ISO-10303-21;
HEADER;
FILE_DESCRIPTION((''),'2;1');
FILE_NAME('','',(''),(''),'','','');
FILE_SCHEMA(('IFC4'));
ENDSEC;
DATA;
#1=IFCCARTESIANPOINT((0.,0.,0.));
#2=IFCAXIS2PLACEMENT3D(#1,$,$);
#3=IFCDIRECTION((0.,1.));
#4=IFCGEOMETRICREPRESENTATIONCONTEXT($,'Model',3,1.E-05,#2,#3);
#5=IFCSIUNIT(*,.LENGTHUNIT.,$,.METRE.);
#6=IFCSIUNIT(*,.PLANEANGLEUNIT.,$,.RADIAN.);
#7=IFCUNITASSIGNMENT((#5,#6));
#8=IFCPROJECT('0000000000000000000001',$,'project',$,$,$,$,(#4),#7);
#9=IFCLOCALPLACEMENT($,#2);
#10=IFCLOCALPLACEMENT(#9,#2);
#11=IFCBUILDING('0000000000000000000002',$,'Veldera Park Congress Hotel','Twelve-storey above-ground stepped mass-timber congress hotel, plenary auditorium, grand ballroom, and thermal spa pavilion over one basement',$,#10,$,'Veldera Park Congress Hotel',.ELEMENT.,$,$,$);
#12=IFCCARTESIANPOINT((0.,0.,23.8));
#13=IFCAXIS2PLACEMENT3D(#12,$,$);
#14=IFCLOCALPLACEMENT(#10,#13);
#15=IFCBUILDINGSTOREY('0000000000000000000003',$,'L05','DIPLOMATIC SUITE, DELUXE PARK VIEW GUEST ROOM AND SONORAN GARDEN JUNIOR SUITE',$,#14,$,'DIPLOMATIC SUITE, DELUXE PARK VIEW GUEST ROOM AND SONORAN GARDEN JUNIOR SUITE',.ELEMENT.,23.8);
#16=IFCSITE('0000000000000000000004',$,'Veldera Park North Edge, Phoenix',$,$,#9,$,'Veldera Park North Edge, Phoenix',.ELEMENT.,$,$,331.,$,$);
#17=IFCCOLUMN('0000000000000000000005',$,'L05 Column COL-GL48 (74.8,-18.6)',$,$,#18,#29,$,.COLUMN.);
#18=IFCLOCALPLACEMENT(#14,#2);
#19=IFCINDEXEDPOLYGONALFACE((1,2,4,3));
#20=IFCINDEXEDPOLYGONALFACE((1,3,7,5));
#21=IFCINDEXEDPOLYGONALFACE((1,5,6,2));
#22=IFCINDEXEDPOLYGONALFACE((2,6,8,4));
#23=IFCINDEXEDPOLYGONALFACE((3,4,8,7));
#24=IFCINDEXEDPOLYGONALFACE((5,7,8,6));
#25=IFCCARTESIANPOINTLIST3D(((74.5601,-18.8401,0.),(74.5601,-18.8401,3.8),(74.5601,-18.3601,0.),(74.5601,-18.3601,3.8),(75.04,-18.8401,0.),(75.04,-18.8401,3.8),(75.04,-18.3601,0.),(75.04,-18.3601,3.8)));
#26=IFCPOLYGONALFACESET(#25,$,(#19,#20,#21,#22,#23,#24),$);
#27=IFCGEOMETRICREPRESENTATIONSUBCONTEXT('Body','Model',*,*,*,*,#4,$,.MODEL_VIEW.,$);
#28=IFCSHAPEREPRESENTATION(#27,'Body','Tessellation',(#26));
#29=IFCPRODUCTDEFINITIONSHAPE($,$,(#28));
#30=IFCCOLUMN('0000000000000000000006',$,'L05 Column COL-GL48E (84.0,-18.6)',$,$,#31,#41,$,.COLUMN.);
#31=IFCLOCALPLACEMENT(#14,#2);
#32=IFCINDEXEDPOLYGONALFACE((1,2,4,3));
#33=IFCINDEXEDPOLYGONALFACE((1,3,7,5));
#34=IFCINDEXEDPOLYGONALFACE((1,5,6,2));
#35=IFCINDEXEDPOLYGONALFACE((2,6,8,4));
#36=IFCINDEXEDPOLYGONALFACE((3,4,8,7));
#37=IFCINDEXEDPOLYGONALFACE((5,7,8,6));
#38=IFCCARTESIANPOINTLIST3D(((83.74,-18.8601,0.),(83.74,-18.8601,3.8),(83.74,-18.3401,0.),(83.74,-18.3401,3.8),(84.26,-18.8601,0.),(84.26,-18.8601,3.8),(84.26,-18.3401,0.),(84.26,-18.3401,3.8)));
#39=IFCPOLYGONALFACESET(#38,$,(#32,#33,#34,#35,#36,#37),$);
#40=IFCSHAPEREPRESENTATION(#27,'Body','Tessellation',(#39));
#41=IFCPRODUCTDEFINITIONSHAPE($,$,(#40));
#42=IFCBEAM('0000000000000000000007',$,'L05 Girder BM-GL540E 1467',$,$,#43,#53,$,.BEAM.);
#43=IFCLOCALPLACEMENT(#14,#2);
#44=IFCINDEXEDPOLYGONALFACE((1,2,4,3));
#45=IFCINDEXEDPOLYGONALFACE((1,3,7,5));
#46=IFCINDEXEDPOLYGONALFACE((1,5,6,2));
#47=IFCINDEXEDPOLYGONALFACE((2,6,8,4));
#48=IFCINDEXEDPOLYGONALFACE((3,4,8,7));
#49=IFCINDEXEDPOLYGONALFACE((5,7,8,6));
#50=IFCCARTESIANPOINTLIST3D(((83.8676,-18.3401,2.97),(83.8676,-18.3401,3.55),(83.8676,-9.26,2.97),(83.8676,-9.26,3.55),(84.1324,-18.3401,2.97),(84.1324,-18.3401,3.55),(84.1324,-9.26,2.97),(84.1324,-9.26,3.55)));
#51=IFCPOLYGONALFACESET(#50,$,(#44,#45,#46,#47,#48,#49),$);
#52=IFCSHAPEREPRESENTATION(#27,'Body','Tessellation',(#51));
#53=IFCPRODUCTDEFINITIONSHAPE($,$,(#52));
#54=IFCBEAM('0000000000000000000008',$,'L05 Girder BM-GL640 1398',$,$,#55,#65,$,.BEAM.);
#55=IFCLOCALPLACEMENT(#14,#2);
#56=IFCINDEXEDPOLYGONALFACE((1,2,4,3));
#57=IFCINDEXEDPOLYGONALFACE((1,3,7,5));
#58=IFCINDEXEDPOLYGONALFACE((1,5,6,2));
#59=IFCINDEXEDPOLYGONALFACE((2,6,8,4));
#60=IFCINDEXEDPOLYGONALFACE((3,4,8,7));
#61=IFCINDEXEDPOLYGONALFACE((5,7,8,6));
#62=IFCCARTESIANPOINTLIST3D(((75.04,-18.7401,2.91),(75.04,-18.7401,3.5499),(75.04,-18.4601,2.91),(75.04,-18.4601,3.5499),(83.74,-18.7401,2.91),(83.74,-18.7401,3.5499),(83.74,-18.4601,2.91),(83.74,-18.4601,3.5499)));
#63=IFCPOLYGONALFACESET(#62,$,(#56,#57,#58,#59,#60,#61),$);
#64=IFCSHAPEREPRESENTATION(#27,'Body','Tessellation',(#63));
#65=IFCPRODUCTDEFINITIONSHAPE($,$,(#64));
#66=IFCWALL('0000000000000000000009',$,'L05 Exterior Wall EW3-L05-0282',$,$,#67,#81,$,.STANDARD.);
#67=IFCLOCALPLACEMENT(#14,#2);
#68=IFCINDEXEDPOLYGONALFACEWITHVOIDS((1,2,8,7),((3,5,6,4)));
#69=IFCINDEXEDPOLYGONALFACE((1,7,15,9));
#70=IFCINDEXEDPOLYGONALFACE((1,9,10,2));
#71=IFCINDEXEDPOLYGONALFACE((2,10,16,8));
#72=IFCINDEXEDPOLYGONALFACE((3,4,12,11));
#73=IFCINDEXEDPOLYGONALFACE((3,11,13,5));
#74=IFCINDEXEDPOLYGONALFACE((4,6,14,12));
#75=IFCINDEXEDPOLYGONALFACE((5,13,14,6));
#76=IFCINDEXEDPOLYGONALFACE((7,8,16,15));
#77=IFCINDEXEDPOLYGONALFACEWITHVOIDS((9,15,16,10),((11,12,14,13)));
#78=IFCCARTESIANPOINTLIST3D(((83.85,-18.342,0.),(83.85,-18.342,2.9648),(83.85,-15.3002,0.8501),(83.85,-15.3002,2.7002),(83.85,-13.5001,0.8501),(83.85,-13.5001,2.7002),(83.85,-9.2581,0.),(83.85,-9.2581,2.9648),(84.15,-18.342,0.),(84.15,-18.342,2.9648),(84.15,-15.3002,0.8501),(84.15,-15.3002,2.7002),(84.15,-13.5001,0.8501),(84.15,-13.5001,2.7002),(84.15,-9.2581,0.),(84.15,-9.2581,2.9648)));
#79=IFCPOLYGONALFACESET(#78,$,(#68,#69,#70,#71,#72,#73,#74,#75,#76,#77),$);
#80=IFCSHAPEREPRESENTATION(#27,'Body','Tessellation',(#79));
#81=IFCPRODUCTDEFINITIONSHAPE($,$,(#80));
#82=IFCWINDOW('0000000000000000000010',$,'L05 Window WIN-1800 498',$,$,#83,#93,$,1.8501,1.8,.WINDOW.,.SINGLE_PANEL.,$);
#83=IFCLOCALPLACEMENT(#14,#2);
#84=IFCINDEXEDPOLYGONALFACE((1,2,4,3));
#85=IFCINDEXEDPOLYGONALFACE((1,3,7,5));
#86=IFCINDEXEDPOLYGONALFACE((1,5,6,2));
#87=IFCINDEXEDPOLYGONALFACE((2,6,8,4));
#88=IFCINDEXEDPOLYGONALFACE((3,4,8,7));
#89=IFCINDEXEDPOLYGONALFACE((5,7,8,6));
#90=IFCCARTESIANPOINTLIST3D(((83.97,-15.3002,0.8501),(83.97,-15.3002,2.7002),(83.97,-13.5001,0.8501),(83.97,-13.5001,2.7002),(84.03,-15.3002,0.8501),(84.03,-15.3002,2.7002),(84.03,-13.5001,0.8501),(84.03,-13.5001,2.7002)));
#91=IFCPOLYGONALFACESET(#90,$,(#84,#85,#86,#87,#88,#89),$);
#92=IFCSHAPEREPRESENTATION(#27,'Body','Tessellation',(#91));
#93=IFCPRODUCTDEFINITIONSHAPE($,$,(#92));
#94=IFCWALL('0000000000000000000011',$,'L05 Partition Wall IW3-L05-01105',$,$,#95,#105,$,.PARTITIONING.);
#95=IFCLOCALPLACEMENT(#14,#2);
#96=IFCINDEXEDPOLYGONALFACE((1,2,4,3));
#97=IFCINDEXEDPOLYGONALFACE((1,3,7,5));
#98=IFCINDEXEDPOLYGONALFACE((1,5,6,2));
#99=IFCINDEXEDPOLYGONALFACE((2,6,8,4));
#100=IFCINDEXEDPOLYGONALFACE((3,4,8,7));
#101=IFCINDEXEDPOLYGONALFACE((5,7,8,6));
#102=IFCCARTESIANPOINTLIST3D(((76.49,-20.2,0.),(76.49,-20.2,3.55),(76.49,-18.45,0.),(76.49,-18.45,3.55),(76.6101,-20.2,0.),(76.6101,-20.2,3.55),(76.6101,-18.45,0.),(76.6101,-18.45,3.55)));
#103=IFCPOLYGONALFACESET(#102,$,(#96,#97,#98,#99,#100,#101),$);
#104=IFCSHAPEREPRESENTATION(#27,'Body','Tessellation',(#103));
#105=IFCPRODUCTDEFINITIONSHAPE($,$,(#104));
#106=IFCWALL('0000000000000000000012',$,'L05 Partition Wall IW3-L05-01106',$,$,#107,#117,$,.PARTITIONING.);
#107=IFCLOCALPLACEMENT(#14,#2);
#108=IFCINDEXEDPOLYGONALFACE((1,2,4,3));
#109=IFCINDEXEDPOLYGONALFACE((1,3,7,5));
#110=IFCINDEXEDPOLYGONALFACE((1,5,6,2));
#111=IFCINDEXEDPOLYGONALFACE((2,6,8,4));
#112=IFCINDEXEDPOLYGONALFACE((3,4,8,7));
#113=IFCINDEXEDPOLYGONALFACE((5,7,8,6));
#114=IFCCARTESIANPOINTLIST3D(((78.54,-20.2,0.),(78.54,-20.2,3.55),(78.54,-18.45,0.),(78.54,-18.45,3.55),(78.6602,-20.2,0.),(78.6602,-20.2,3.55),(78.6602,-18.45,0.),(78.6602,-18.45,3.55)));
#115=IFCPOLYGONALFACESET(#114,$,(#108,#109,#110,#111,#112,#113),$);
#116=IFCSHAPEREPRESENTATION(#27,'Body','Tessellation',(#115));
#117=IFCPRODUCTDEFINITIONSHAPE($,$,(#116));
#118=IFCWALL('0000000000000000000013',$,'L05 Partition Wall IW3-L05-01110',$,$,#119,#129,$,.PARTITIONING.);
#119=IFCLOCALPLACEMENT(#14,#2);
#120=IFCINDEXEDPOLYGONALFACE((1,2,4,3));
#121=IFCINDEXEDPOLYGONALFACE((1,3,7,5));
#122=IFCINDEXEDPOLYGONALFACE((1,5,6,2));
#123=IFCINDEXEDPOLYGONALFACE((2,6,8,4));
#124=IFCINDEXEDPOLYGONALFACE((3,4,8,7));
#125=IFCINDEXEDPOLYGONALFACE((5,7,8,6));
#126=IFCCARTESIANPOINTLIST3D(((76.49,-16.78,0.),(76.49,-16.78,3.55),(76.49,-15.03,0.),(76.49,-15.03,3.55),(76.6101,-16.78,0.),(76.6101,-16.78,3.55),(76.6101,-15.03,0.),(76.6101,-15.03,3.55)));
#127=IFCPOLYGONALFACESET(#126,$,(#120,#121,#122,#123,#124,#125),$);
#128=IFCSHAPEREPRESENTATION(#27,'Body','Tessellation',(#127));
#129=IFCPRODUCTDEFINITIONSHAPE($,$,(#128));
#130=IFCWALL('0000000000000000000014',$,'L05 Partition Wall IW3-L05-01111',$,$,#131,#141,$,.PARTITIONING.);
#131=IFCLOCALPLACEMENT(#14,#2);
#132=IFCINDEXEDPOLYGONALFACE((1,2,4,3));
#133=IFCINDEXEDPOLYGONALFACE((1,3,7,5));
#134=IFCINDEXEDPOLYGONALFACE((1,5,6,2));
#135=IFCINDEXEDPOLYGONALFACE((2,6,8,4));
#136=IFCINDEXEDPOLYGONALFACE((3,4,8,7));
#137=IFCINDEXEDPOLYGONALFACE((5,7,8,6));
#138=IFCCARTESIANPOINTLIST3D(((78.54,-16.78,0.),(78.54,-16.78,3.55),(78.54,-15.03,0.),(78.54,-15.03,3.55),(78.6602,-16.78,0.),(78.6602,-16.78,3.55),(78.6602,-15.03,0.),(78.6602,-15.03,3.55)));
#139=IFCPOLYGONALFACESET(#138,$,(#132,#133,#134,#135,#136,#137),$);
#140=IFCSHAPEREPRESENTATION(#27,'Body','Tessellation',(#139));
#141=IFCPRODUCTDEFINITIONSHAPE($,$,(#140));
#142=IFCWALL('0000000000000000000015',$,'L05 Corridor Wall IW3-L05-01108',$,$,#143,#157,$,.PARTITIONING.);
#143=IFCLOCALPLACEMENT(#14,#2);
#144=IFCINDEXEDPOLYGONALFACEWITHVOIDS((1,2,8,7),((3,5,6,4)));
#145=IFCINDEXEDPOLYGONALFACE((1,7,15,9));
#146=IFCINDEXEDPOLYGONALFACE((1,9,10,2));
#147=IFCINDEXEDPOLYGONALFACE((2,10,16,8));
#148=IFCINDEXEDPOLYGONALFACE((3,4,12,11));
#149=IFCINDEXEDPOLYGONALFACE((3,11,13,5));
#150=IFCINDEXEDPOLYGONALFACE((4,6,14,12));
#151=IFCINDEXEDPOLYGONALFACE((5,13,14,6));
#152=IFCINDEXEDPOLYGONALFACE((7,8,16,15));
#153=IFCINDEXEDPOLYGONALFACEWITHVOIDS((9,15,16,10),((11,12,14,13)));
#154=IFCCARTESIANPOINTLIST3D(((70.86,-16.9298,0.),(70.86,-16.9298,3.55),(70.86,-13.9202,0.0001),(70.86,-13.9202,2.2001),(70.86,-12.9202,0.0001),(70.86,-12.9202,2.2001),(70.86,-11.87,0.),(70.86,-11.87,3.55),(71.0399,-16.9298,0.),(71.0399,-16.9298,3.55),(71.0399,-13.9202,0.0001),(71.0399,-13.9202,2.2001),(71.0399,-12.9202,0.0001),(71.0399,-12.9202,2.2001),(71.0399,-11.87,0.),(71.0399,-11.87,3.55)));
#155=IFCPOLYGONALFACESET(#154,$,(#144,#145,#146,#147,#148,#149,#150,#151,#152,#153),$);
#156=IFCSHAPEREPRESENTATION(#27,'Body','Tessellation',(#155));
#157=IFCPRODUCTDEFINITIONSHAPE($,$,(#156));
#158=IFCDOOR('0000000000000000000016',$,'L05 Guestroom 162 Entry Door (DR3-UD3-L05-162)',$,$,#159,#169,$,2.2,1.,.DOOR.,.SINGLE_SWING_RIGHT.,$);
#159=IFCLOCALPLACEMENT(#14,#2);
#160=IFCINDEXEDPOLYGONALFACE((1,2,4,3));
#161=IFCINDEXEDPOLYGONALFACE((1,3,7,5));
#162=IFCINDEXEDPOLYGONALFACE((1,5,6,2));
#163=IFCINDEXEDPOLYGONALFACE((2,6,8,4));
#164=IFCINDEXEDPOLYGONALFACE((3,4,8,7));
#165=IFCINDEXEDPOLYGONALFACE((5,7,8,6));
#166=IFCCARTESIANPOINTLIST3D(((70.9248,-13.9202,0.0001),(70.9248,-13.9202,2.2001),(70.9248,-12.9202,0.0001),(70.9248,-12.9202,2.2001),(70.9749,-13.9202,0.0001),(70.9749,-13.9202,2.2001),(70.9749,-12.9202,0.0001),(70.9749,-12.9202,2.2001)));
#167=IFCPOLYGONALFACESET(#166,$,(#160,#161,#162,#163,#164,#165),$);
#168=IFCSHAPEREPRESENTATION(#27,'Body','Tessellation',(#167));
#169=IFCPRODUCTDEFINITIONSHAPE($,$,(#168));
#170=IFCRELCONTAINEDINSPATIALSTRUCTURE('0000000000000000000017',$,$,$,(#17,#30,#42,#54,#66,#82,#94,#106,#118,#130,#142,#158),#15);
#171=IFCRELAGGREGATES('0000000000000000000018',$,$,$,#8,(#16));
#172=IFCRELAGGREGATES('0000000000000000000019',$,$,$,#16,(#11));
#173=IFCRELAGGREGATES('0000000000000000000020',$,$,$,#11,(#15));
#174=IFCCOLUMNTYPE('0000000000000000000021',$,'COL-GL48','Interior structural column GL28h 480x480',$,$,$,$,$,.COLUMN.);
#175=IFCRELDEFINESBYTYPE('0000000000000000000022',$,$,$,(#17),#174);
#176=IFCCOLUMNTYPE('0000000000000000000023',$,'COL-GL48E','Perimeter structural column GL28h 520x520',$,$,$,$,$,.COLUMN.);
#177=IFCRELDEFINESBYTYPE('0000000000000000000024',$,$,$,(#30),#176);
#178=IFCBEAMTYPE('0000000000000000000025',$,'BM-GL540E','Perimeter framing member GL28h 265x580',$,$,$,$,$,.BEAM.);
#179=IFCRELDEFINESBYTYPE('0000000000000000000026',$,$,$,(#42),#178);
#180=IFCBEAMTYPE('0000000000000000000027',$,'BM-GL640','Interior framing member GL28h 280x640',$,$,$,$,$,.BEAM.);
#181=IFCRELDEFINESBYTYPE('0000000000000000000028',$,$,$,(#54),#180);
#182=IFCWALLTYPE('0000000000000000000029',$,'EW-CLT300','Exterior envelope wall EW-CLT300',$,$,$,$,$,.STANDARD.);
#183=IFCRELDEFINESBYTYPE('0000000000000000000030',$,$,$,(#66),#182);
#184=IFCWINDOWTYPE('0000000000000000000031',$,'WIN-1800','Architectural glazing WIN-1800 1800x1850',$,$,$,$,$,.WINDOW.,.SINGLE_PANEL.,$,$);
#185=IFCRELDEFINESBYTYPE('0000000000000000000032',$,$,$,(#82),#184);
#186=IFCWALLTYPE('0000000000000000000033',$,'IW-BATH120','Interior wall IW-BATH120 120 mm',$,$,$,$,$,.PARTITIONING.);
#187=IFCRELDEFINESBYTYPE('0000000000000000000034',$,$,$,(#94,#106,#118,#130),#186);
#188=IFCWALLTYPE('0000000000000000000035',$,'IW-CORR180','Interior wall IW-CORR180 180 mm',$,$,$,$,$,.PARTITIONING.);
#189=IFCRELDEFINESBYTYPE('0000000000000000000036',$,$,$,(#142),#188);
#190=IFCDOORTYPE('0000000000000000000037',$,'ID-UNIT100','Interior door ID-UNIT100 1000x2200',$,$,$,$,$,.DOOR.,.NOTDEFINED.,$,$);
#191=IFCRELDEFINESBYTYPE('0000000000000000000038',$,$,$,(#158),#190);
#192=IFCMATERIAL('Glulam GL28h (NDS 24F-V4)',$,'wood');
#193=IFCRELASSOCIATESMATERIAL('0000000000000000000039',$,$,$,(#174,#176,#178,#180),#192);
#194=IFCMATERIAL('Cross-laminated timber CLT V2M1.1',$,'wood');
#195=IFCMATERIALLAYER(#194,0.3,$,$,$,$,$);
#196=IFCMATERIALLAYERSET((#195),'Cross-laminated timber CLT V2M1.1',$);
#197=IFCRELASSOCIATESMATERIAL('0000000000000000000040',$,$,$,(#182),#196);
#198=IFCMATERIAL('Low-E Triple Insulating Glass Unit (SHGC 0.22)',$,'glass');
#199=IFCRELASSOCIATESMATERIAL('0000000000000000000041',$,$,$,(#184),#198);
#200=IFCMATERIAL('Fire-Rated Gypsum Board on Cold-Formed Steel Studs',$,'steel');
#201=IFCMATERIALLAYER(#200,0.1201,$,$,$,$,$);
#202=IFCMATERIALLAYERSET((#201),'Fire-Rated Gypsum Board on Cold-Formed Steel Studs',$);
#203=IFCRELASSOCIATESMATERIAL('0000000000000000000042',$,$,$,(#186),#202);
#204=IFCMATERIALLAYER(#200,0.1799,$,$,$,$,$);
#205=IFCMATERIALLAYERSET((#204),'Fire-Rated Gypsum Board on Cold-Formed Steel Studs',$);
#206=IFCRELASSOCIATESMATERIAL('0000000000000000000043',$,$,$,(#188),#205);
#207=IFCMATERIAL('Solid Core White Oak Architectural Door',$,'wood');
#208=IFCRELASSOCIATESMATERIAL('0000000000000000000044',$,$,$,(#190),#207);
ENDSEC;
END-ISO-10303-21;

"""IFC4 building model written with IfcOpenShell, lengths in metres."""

from ifc_helpers import new_model, si_unit, direction, frame, frame_2d, origin, origin_2d, place, context, subcontext, project, spatial, rectangle, extrude, material, layer, layer_set, material_profile, profile_set, type_object, element, fill, save


model = new_model("IFC4")

# Units and contexts
model_context = context("Model", 3, precision=1e-05, world=origin(), true_north=direction((0.0, 1.0)))
body_context = subcontext(model_context, "Body", "Model", "MODEL_VIEW")
ifc_project = project(units=[si_unit("LENGTHUNIT", "METRE"), si_unit("PLANEANGLEUNIT", "RADIAN")], contexts=[model_context])

# Site, building, storey
site_placement = place(None, origin())
site = spatial("IfcSite", under=ifc_project, at=site_placement, Name="Veldera Park North Edge, Phoenix", LongName="Veldera Park North Edge, Phoenix", CompositionType="ELEMENT", RefElevation=331.0)
building_placement = place(site_placement, origin())
building = spatial("IfcBuilding", under=site, at=building_placement, Name="Veldera Park Congress Hotel", Description="Twelve-storey above-ground stepped mass-timber congress hotel, plenary auditorium, grand ballroom, and thermal spa pavilion over one basement", LongName="Veldera Park Congress Hotel", CompositionType="ELEMENT")
storey_placement = place(building_placement, frame((0.0, 0.0, 23.8)))
storey = spatial("IfcBuildingStorey", under=building, at=storey_placement, Name="L05", Description="DIPLOMATIC SUITE, DELUXE PARK VIEW GUEST ROOM AND SONORAN GARDEN JUNIOR SUITE", LongName="DIPLOMATIC SUITE, DELUXE PARK VIEW GUEST ROOM AND SONORAN GARDEN JUNIOR SUITE", CompositionType="ELEMENT", Elevation=23.8)

# Columns
ifc_material_1 = material(Name="Glulam GL28h (NDS 24F-V4)", Category="wood")
ifc_material_profile_1 = material_profile(ifc_material_1, rectangle(XDim=0.48, YDim=0.48, at=origin_2d()), Name="GL28h 480x480")
ifc_profile_set_1 = profile_set([ifc_material_profile_1], Name="Glulam GL28h (NDS 24F-V4)")
column_type_1 = type_object("IfcColumnType", Name="COL-GL48", Description="Interior structural column GL28h 480x480", PredefinedType="COLUMN", material=ifc_profile_set_1)
column_1_placement = place(storey_placement, frame((74.8, -18.6001, 0.0), z_axis=(0.0, 0.0, 1.0), x_axis=(1.0, 0.0, 0.0)))
element("IfcColumn", 1, at=column_1_placement, inside=storey, type_object=column_type_1, Name="L05 Column COL-GL48 (74.8,-18.6)", PredefinedType="COLUMN", context=body_context, shape_type="SweptSolid", body=[
    extrude(rectangle(XDim=0.48, YDim=0.48, at=origin_2d()), origin(), (0.0, 0.0, 1.0), 3.8),
])
ifc_material_profile_2 = material_profile(ifc_material_1, rectangle(XDim=0.52, YDim=0.52, at=origin_2d()), Name="GL28h 520x520")
ifc_profile_set_2 = profile_set([ifc_material_profile_2], Name="Glulam GL28h (NDS 24F-V4)")
column_type_2 = type_object("IfcColumnType", Name="COL-GL48E", Description="Perimeter structural column GL28h 520x520", PredefinedType="COLUMN", material=ifc_profile_set_2)
column_2_placement = place(storey_placement, frame((84.0, -18.6001, 0.0), z_axis=(0.0, 0.0, 1.0), x_axis=(1.0, 0.0, 0.0)))
element("IfcColumn", 2, at=column_2_placement, inside=storey, type_object=column_type_2, Name="L05 Column COL-GL48E (84.0,-18.6)", PredefinedType="COLUMN", context=body_context, shape_type="SweptSolid", body=[
    extrude(rectangle(XDim=0.52, YDim=0.52, at=origin_2d()), origin(), (0.0, 0.0, 1.0), 3.8),
])

# Beams
ifc_material_profile_3 = material_profile(ifc_material_1, rectangle(XDim=0.2649, YDim=0.5801, at=origin_2d()), Name="GL28h 265x580")
ifc_profile_set_3 = profile_set([ifc_material_profile_3], Name="Glulam GL28h (NDS 24F-V4)")
beam_type_1 = type_object("IfcBeamType", Name="BM-GL540E", Description="Perimeter framing member GL28h 265x580", PredefinedType="BEAM", material=ifc_profile_set_3)
beam_1_placement = place(storey_placement, frame((84.0, -18.3401, 3.26), z_axis=(0.0, 1.0, 0.0), x_axis=(-1.0, 0.0, 0.0)))
element("IfcBeam", 3, at=beam_1_placement, inside=storey, type_object=beam_type_1, Name="L05 Girder BM-GL540E 1467", PredefinedType="BEAM", context=body_context, shape_type="SweptSolid", body=[
    extrude(rectangle(XDim=0.2649, YDim=0.5801, at=origin_2d()), origin(), (0.0, 0.0, 1.0), 9.0801),
])
ifc_material_profile_4 = material_profile(ifc_material_1, rectangle(XDim=0.28, YDim=0.6399, at=origin_2d()), Name="GL28h 280x640")
ifc_profile_set_4 = profile_set([ifc_material_profile_4], Name="Glulam GL28h (NDS 24F-V4)")
beam_type_2 = type_object("IfcBeamType", Name="BM-GL640", Description="Interior framing member GL28h 280x640", PredefinedType="BEAM", material=ifc_profile_set_4)
beam_2_placement = place(storey_placement, frame((75.04, -18.6001, 3.23), z_axis=(1.0, 0.0, 0.0), x_axis=(0.0, 1.0, 0.0)))
element("IfcBeam", 4, at=beam_2_placement, inside=storey, type_object=beam_type_2, Name="L05 Girder BM-GL640 1398", PredefinedType="BEAM", context=body_context, shape_type="SweptSolid", body=[
    extrude(rectangle(XDim=0.28, YDim=0.6399, at=origin_2d()), origin(), (0.0, 0.0, 1.0), 8.7),
])

# Wall, opening, window
ifc_material_2 = material(Name="Cross-laminated timber CLT V2M1.1", Category="wood")
ifc_layer_1 = layer(ifc_material_2, 0.3)
ifc_layer_set_1 = layer_set([ifc_layer_1], Name="Cross-laminated timber CLT V2M1.1")
wall_type_1 = type_object("IfcWallType", Name="EW-CLT300", Description="Exterior envelope wall EW-CLT300", PredefinedType="STANDARD", material=ifc_layer_set_1)
wall_1_placement = place(storey_placement, frame((84.0, -18.342, 0.0), z_axis=(0.0, 0.0, 1.0), x_axis=(0.0, 1.0, 0.0)))
wall_1 = element("IfcWall", 5, at=wall_1_placement, inside=storey, type_object=wall_type_1, Name="L05 Exterior Wall EW3-L05-0282", PredefinedType="STANDARD", context=body_context, shape_type="SweptSolid", body=[
    extrude(rectangle(XDim=9.084, YDim=0.3, at=frame_2d((4.542, 0.0))), origin(), (0.0, 0.0, 1.0), 2.9648),
])
opening_1_placement = place(wall_1_placement, frame((3.042, 0.0, 0.8501)))
opening_1 = element("IfcOpeningElement", 6, at=opening_1_placement, cuts=wall_1, PredefinedType="OPENING", context=body_context, shape_type="SweptSolid", body=[
    extrude(rectangle(XDim=1.8, YDim=1.8501, at=frame_2d((0.8999, 0.925))), frame((0.0, 0.1621, 0.0), z_axis=(0.0, -1.0, 0.0), x_axis=(1.0, 0.0, 0.0)), (0.0, 0.0, 1.0), 0.324),
])
ifc_material_3 = material(Name="Low-E Triple Insulating Glass Unit (SHGC 0.22)", Category="glass")
window_type = type_object("IfcWindowType", Name="WIN-1800", Description="Architectural glazing WIN-1800 1800x1850", PartitioningType="SINGLE_PANEL", PredefinedType="WINDOW", material=ifc_material_3)
window_placement = place(opening_1_placement, origin())
window = element("IfcWindow", 7, at=window_placement, inside=storey, type_object=window_type, Name="L05 Window WIN-1800 498", OverallHeight=1.8501, OverallWidth=1.8, PartitioningType="SINGLE_PANEL", PredefinedType="WINDOW", context=body_context, shape_type="SweptSolid", body=[
    extrude(rectangle(XDim=1.8, YDim=1.8501, at=frame_2d((0.8999, 0.925))), frame((0.0, 0.03, 0.0), z_axis=(0.0, -1.0, 0.0), x_axis=(1.0, 0.0, 0.0)), (0.0, 0.0, 1.0), 0.0601),
])
fill(opening_1, window)

# Walls
ifc_material_4 = material(Name="Fire-Rated Gypsum Board on Cold-Formed Steel Studs", Category="steel")
ifc_layer_2 = layer(ifc_material_4, 0.1201)
ifc_layer_set_2 = layer_set([ifc_layer_2], Name="Fire-Rated Gypsum Board on Cold-Formed Steel Studs")
wall_type_2 = type_object("IfcWallType", Name="IW-BATH120", Description="Interior wall IW-BATH120 120 mm", PredefinedType="PARTITIONING", material=ifc_layer_set_2)
for number, where, z_axis, x_axis, name in (
    (8, (76.55, -20.2, 0.0), (0.0, 0.0, 1.0), (0.0, 1.0, 0.0), "L05 Partition Wall IW3-L05-01105"),
    (9, (78.6001, -20.2, 0.0), (0.0, 0.0, 1.0), (0.0, 1.0, 0.0), "L05 Partition Wall IW3-L05-01106"),
):
    element("IfcWall", number, at=place(storey_placement, frame(where, z_axis=z_axis, x_axis=x_axis)), inside=storey, type_object=wall_type_2, Name=name, PredefinedType="PARTITIONING", context=body_context, shape_type="SweptSolid", body=[
        extrude(rectangle(XDim=1.75, YDim=0.1201, at=frame_2d((0.875, 0.0))), origin(), (0.0, 0.0, 1.0), 3.55),
    ])

# Shared definitions
ifc_material_5 = material(Name="Solid Core White Oak Architectural Door", Category="wood")

# Walls
for number, where, z_axis, x_axis, name in (
    (10, (76.55, -16.78, 0.0), (0.0, 0.0, 1.0), (0.0, 1.0, 0.0), "L05 Partition Wall IW3-L05-01110"),
    (11, (78.6001, -16.78, 0.0), (0.0, 0.0, 1.0), (0.0, 1.0, 0.0), "L05 Partition Wall IW3-L05-01111"),
):
    element("IfcWall", number, at=place(storey_placement, frame(where, z_axis=z_axis, x_axis=x_axis)), inside=storey, type_object=wall_type_2, Name=name, PredefinedType="PARTITIONING", context=body_context, shape_type="SweptSolid", body=[
        extrude(rectangle(XDim=1.75, YDim=0.1201, at=frame_2d((0.875, 0.0))), origin(), (0.0, 0.0, 1.0), 3.55),
    ])

# Wall, opening, door
ifc_layer_3 = layer(ifc_material_4, 0.1799)
ifc_layer_set_3 = layer_set([ifc_layer_3], Name="Fire-Rated Gypsum Board on Cold-Formed Steel Studs")
wall_type_3 = type_object("IfcWallType", Name="IW-CORR180", Description="Interior wall IW-CORR180 180 mm", PredefinedType="PARTITIONING", material=ifc_layer_set_3)
wall_2_placement = place(storey_placement, frame((70.95, -11.8701, 0.0), z_axis=(0.0, 0.0, 1.0), x_axis=(0.0, -1.0, 0.0)))
wall_2 = element("IfcWall", 12, at=wall_2_placement, inside=storey, type_object=wall_type_3, Name="L05 Corridor Wall IW3-L05-01108", PredefinedType="PARTITIONING", context=body_context, shape_type="SweptSolid", body=[
    extrude(rectangle(XDim=5.0598, YDim=0.1799, at=frame_2d((2.5298, 0.0))), origin(), (0.0, 0.0, 1.0), 3.55),
])
opening_2_placement = place(wall_2_placement, frame((1.05, 0.0, 0.0)))
opening_2 = element("IfcOpeningElement", 13, at=opening_2_placement, cuts=wall_2, PredefinedType="OPENING", context=body_context, shape_type="SweptSolid", body=[
    extrude(rectangle(XDim=1.0, YDim=2.2, at=frame_2d((0.5, 1.1001))), frame((0.0, 0.1021, 0.0), z_axis=(0.0, -1.0, 0.0), x_axis=(1.0, 0.0, 0.0)), (0.0, 0.0, 1.0), 0.2039),
])
door_type_1 = type_object("IfcDoorType", Name="ID-UNIT100", Description="Interior door ID-UNIT100 1000x2200", OperationType="NOTDEFINED", PredefinedType="DOOR", material=ifc_material_5)
door_1_placement = place(opening_2_placement, origin())
door_1 = element("IfcDoor", 14, at=door_1_placement, inside=storey, type_object=door_type_1, Name="L05 Guestroom 162 Entry Door (DR3-UD3-L05-162)", OperationType="SINGLE_SWING_RIGHT", OverallHeight=2.2, OverallWidth=1.0, PredefinedType="DOOR", context=body_context, shape_type="SweptSolid", body=[
    extrude(rectangle(XDim=1.0, YDim=2.2, at=frame_2d((0.5, 1.1001))), frame((0.0, 0.0249, 0.0), z_axis=(0.0, -1.0, 0.0), x_axis=(1.0, 0.0, 0.0)), (0.0, 0.0, 1.0), 0.05),
])
fill(opening_2, door_1)

save(model, "model.ifc")
